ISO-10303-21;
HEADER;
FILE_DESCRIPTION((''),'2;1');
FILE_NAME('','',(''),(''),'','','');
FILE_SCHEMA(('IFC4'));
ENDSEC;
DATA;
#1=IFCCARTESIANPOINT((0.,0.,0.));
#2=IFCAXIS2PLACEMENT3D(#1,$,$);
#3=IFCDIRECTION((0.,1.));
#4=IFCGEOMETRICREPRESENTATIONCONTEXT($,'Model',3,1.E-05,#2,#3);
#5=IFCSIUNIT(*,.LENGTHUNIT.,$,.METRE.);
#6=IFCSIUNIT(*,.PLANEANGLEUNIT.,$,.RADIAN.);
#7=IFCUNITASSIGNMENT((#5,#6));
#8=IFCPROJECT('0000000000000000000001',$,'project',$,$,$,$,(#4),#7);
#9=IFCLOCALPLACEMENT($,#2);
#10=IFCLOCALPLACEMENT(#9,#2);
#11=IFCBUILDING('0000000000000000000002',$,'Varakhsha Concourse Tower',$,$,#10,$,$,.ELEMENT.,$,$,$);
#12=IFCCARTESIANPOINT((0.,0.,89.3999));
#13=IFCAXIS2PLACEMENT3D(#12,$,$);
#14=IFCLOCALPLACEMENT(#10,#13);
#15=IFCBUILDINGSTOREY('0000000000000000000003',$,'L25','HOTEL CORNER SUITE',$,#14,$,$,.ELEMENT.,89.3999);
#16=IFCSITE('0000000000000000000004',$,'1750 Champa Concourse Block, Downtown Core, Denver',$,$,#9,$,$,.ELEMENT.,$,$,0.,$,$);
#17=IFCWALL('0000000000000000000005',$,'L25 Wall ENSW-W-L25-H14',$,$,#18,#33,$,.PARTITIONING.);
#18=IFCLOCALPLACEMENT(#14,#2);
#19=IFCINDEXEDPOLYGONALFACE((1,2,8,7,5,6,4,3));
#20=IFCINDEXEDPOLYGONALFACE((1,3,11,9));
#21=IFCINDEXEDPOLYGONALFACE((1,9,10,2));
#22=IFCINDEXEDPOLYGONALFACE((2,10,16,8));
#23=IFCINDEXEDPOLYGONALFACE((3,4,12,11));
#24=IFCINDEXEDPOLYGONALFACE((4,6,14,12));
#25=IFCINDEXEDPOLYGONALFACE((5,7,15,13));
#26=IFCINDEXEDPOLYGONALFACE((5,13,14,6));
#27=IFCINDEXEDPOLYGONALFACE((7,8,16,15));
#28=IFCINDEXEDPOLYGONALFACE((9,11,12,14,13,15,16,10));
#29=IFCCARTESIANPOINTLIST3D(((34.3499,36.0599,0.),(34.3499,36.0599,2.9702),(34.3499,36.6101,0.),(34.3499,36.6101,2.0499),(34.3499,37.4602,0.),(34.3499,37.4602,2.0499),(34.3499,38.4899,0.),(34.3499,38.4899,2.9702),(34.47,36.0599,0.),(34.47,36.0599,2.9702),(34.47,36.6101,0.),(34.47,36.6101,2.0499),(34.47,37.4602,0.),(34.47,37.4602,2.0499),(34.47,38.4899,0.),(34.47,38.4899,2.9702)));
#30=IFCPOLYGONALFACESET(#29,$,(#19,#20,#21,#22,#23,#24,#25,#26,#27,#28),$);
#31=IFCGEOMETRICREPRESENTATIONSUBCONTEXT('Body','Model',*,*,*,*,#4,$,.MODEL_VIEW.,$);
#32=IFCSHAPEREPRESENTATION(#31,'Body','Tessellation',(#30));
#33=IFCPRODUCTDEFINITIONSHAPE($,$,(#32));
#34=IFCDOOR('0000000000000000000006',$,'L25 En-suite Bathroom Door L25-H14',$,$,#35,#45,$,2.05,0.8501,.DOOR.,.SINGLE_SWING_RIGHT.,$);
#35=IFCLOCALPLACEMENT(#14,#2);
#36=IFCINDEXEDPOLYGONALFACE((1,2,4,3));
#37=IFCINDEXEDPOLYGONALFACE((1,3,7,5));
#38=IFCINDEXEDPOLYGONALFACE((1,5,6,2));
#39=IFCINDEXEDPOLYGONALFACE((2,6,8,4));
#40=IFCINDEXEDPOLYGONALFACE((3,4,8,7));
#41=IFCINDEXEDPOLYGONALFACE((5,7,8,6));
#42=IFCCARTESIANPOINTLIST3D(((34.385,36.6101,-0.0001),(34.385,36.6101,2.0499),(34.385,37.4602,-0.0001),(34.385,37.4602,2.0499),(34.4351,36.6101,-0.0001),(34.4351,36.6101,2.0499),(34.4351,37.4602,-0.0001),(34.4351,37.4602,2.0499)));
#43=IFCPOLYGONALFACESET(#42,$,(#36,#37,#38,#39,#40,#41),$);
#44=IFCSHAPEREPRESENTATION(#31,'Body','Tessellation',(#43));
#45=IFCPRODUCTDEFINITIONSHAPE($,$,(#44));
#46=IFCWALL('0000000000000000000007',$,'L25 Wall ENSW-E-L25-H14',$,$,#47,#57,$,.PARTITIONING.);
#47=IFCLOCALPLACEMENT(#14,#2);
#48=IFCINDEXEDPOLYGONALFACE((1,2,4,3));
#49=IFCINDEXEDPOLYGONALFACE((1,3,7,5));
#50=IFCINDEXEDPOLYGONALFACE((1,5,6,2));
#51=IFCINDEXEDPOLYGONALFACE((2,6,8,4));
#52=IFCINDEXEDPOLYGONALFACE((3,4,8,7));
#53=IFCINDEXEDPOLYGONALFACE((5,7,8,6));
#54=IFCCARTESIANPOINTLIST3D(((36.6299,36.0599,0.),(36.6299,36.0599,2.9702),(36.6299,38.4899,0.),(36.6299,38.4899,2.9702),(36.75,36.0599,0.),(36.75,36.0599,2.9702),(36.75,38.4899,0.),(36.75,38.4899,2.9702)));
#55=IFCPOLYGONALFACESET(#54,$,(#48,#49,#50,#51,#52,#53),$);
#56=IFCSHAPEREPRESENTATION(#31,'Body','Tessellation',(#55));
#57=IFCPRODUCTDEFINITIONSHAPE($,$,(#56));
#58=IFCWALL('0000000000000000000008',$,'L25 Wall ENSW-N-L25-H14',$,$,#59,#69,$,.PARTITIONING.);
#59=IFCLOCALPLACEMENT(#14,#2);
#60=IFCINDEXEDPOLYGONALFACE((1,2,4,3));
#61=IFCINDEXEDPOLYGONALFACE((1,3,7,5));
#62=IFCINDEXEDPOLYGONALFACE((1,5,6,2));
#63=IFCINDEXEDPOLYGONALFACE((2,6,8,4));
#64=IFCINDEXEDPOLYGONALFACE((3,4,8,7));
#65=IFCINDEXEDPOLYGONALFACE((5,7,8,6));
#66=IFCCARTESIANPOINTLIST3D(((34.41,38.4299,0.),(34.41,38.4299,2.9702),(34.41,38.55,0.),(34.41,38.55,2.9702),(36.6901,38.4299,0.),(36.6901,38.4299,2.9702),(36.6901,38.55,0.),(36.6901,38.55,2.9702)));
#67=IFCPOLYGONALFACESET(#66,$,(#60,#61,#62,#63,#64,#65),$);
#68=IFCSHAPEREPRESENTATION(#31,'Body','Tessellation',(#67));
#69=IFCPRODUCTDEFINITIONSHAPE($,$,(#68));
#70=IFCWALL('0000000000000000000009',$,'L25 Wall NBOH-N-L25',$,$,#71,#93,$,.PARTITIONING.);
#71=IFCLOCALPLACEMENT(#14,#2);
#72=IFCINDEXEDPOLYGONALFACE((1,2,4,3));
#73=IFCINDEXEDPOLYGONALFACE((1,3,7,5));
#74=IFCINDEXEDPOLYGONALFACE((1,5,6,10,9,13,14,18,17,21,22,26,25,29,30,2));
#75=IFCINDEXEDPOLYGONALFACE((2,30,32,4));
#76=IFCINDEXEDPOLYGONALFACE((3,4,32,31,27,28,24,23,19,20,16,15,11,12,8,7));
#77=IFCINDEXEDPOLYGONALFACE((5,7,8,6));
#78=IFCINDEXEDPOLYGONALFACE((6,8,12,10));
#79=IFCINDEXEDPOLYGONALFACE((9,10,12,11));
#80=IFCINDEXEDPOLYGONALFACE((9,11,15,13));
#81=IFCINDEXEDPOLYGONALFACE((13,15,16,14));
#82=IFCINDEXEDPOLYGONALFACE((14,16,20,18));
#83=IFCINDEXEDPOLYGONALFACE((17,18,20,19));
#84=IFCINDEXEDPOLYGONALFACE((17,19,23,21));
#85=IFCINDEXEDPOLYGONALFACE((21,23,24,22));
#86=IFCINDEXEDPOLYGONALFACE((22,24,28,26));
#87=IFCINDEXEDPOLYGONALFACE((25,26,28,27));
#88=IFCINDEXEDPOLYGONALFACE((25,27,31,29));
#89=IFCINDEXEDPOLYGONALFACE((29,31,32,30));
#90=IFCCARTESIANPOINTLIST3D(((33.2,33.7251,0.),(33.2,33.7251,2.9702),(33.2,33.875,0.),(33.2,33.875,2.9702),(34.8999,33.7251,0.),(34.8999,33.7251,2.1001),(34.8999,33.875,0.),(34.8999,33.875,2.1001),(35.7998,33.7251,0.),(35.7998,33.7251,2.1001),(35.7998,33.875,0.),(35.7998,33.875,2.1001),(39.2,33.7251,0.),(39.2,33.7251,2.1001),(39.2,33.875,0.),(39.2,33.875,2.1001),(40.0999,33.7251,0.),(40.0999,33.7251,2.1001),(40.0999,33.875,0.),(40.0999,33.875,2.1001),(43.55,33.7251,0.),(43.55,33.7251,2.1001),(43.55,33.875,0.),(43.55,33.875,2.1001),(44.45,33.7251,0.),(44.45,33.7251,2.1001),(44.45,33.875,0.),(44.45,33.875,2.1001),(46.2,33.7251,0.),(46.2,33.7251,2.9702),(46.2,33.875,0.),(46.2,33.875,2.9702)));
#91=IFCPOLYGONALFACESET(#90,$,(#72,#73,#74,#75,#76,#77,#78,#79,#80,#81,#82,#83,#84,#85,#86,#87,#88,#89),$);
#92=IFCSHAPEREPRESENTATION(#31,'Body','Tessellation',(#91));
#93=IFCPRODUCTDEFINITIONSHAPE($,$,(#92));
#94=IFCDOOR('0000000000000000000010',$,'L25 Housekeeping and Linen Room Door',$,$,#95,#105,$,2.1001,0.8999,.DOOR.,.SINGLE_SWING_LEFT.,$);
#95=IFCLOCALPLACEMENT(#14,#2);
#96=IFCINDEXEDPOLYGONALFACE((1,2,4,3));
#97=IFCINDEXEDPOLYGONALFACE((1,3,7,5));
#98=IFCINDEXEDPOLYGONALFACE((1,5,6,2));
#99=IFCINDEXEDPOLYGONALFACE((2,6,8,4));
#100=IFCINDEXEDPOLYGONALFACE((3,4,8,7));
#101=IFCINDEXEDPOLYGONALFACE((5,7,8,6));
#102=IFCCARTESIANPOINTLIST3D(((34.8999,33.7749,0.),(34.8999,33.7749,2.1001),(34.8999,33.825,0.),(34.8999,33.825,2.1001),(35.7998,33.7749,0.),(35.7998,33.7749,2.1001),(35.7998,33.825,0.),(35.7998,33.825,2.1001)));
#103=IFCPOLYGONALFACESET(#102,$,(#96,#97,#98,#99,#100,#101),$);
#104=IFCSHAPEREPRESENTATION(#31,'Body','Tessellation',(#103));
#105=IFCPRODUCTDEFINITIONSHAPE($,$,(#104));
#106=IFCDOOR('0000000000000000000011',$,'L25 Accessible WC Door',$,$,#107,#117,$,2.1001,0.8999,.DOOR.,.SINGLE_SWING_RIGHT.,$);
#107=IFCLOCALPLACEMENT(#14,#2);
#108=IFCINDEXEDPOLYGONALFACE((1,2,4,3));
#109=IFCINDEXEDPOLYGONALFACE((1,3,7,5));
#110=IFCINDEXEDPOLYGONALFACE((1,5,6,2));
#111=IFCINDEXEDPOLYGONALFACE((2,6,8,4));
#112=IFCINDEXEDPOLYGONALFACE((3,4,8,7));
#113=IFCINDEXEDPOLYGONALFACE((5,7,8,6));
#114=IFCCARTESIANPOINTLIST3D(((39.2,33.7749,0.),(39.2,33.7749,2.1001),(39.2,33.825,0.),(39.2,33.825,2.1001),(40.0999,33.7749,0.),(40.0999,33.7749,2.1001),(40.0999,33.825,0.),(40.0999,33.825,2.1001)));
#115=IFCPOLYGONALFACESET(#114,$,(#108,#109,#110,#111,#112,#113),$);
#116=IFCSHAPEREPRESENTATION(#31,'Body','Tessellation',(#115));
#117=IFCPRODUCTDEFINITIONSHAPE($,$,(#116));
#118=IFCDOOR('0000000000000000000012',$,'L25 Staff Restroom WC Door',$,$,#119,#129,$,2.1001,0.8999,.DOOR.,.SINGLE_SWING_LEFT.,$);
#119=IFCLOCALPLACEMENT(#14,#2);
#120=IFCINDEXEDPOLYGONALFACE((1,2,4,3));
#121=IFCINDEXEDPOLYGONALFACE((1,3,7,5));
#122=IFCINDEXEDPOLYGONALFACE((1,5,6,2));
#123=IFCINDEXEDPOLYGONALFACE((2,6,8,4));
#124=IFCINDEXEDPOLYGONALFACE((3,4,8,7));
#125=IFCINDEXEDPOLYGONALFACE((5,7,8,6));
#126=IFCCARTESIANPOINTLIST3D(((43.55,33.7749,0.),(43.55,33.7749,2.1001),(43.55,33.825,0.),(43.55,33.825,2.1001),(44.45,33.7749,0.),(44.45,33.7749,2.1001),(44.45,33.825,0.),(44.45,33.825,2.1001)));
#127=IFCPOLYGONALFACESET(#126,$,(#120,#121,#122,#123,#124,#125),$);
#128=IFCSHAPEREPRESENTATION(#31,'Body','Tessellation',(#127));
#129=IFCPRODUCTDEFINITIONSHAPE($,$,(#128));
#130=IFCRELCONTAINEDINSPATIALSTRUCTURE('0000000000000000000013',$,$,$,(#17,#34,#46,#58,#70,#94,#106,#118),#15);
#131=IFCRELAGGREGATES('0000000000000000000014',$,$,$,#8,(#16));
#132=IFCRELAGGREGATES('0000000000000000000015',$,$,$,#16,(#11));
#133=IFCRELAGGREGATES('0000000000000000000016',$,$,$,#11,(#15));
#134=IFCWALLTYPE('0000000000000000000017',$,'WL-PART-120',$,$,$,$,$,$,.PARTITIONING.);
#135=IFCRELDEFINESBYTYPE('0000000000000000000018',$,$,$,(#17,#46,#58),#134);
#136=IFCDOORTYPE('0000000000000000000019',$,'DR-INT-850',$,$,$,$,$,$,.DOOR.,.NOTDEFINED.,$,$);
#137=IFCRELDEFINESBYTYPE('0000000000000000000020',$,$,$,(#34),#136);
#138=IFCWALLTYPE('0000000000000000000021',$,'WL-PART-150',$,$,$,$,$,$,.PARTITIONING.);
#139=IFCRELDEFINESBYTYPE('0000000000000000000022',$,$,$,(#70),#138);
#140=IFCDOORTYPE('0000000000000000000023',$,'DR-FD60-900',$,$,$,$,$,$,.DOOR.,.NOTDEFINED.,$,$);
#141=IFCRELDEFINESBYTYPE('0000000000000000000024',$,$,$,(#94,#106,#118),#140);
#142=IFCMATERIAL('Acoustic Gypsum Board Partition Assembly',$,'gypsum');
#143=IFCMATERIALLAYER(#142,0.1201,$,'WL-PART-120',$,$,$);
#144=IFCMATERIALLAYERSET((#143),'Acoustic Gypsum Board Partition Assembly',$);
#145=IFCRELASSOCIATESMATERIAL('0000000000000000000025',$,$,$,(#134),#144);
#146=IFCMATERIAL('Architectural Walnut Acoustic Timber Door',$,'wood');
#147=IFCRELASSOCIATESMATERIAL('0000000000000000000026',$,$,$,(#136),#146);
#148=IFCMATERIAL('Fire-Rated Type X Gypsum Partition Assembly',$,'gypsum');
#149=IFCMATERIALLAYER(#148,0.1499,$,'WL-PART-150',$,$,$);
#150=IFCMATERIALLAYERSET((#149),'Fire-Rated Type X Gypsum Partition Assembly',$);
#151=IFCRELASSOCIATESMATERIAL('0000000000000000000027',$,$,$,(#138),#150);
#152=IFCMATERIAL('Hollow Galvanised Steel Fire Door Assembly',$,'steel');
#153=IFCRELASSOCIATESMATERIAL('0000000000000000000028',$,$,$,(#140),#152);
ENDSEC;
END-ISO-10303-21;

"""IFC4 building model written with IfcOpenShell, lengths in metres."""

from ifc_helpers import new_model, si_unit, direction, frame, frame_2d, origin, place, context, subcontext, project, spatial, rectangle, extrude, material, layer, layer_set, type_object, element, fill, save


model = new_model("IFC4")

# Units and contexts
model_context = context("Model", 3, precision=1e-05, world=origin(), true_north=direction((0.0, 1.0)))
body_context = subcontext(model_context, "Body", "Model", "MODEL_VIEW")
ifc_project = project(units=[si_unit("LENGTHUNIT", "METRE"), si_unit("PLANEANGLEUNIT", "RADIAN")], contexts=[model_context])

# Site, building, storey
site_placement = place(None, origin())
site = spatial("IfcSite", under=ifc_project, at=site_placement, Name="1750 Champa Concourse Block, Downtown Core, Denver", CompositionType="ELEMENT", RefElevation=0.0)
building_placement = place(site_placement, origin())
building = spatial("IfcBuilding", under=site, at=building_placement, Name="Varakhsha Concourse Tower", CompositionType="ELEMENT")
storey_placement = place(building_placement, frame((0.0, 0.0, 89.3999)))
storey = spatial("IfcBuildingStorey", under=building, at=storey_placement, Name="L25", Description="HOTEL CORNER SUITE", CompositionType="ELEMENT", Elevation=89.3999)

# Shared definitions
ifc_material_1 = material(Name="Acoustic Gypsum Board Partition Assembly", Category="gypsum")
ifc_layer_1 = layer(ifc_material_1, 0.1201, Name="WL-PART-120")
ifc_layer_set_1 = layer_set([ifc_layer_1], Name="Acoustic Gypsum Board Partition Assembly")
wall_type_1 = type_object("IfcWallType", Name="WL-PART-120", PredefinedType="PARTITIONING", material=ifc_layer_set_1)

# Wall, opening, door
wall_1_placement = place(storey_placement, frame((34.4099, 36.0601, 0.0), z_axis=(0.0, 0.0, 1.0), x_axis=(0.0, 1.0, 0.0)))
wall_1 = element("IfcWall", 1, at=wall_1_placement, inside=storey, type_object=wall_type_1, Name="L25 Wall ENSW-W-L25-H14", PredefinedType="PARTITIONING", context=body_context, shape_type="SweptSolid", body=[
    extrude(rectangle(XDim=2.4299, YDim=0.1201, at=frame_2d((1.2148, 0.0))), origin(), (0.0, 0.0, 1.0), 2.9702),
])
opening_1_placement = place(wall_1_placement, frame((0.55, 0.0, 0.0)))
opening_1 = element("IfcOpeningElement", 2, at=opening_1_placement, cuts=wall_1, PredefinedType="OPENING", context=body_context, shape_type="SweptSolid", body=[
    extrude(rectangle(XDim=0.8501, YDim=2.05, at=frame_2d((0.425, 1.0249))), frame((0.0, 0.0701, 0.0), z_axis=(0.0, -1.0, 0.0), x_axis=(1.0, 0.0, 0.0)), (0.0, 0.0, 1.0), 0.1401),
])
ifc_material_2 = material(Name="Architectural Walnut Acoustic Timber Door", Category="wood")
door_type_1 = type_object("IfcDoorType", Name="DR-INT-850", OperationType="NOTDEFINED", PredefinedType="DOOR", material=ifc_material_2)
door_1_placement = place(opening_1_placement, origin())
door_1 = element("IfcDoor", 3, at=door_1_placement, inside=storey, type_object=door_type_1, Name="L25 En-suite Bathroom Door L25-H14", OperationType="SINGLE_SWING_RIGHT", OverallHeight=2.05, OverallWidth=0.8501, PredefinedType="DOOR", context=body_context, shape_type="SweptSolid", body=[
    extrude(rectangle(XDim=0.8501, YDim=2.05, at=frame_2d((0.425, 1.0249))), frame((0.0, 0.0249, 0.0), z_axis=(0.0, -1.0, 0.0), x_axis=(1.0, 0.0, 0.0)), (0.0, 0.0, 1.0), 0.05),
])
fill(opening_1, door_1)

# Walls
wall_2_placement = place(storey_placement, frame((36.6899, 36.0601, 0.0), z_axis=(0.0, 0.0, 1.0), x_axis=(0.0, 1.0, 0.0)))
element("IfcWall", 4, at=wall_2_placement, inside=storey, type_object=wall_type_1, Name="L25 Wall ENSW-E-L25-H14", PredefinedType="PARTITIONING", context=body_context, shape_type="SweptSolid", body=[
    extrude(rectangle(XDim=2.4299, YDim=0.1201, at=frame_2d((1.2148, 0.0))), origin(), (0.0, 0.0, 1.0), 2.9702),
])
wall_3_placement = place(storey_placement, frame((34.4099, 38.49, 0.0), z_axis=(0.0, 0.0, 1.0), x_axis=(1.0, 0.0, 0.0)))
element("IfcWall", 5, at=wall_3_placement, inside=storey, type_object=wall_type_1, Name="L25 Wall ENSW-N-L25-H14", PredefinedType="PARTITIONING", context=body_context, shape_type="SweptSolid", body=[
    extrude(rectangle(XDim=2.28, YDim=0.1201, at=frame_2d((1.1401, 0.0))), origin(), (0.0, 0.0, 1.0), 2.9702),
])

# Wall, openings, doors
ifc_material_3 = material(Name="Fire-Rated Type X Gypsum Partition Assembly", Category="gypsum")
ifc_layer_2 = layer(ifc_material_3, 0.1499, Name="WL-PART-150")
ifc_layer_set_2 = layer_set([ifc_layer_2], Name="Fire-Rated Type X Gypsum Partition Assembly")
wall_type_2 = type_object("IfcWallType", Name="WL-PART-150", PredefinedType="PARTITIONING", material=ifc_layer_set_2)
wall_4_placement = place(storey_placement, frame((33.2, 33.8, 0.0), z_axis=(0.0, 0.0, 1.0), x_axis=(1.0, 0.0, 0.0)))
wall_4 = element("IfcWall", 6, at=wall_4_placement, inside=storey, type_object=wall_type_2, Name="L25 Wall NBOH-N-L25", PredefinedType="PARTITIONING", context=body_context, shape_type="SweptSolid", body=[
    extrude(rectangle(XDim=13.0, YDim=0.1499, at=frame_2d((6.5, 0.0))), origin(), (0.0, 0.0, 1.0), 2.9702),
])
opening_2_placement = place(wall_4_placement, frame((1.7, 0.0, 0.0)))
opening_2 = element("IfcOpeningElement", 7, at=opening_2_placement, cuts=wall_4, PredefinedType="OPENING", context=body_context, shape_type="SweptSolid", body=[
    extrude(rectangle(XDim=0.8999, YDim=2.1001, at=frame_2d((0.45, 1.05))), frame((0.0, 0.085, 0.0), z_axis=(0.0, -1.0, 0.0), x_axis=(1.0, 0.0, 0.0)), (0.0, 0.0, 1.0), 0.1699),
])
opening_3_placement = place(wall_4_placement, frame((6.0, 0.0, 0.0)))
opening_3 = element("IfcOpeningElement", 8, at=opening_3_placement, cuts=wall_4, PredefinedType="OPENING", context=body_context, shape_type="SweptSolid", body=[
    extrude(rectangle(XDim=0.8999, YDim=2.1001, at=frame_2d((0.45, 1.05))), frame((0.0, 0.085, 0.0), z_axis=(0.0, -1.0, 0.0), x_axis=(1.0, 0.0, 0.0)), (0.0, 0.0, 1.0), 0.1699),
])
opening_4_placement = place(wall_4_placement, frame((10.3501, 0.0, 0.0)))
opening_4 = element("IfcOpeningElement", 9, at=opening_4_placement, cuts=wall_4, PredefinedType="OPENING", context=body_context, shape_type="SweptSolid", body=[
    extrude(rectangle(XDim=0.8999, YDim=2.1001, at=frame_2d((0.45, 1.05))), frame((0.0, 0.085, 0.0), z_axis=(0.0, -1.0, 0.0), x_axis=(1.0, 0.0, 0.0)), (0.0, 0.0, 1.0), 0.1699),
])
ifc_material_4 = material(Name="Hollow Galvanised Steel Fire Door Assembly", Category="steel")
door_type_2 = type_object("IfcDoorType", Name="DR-FD60-900", OperationType="NOTDEFINED", PredefinedType="DOOR", material=ifc_material_4)
door_2_placement = place(opening_2_placement, origin())
door_2 = element("IfcDoor", 10, at=door_2_placement, inside=storey, type_object=door_type_2, Name="L25 Housekeeping and Linen Room Door", OperationType="SINGLE_SWING_LEFT", OverallHeight=2.1001, OverallWidth=0.8999, PredefinedType="DOOR", context=body_context, shape_type="SweptSolid", body=[
    extrude(rectangle(XDim=0.8999, YDim=2.1001, at=frame_2d((0.45, 1.05))), frame((0.0, 0.0249, 0.0), z_axis=(0.0, -1.0, 0.0), x_axis=(1.0, 0.0, 0.0)), (0.0, 0.0, 1.0), 0.05),
])
fill(opening_2, door_2)
door_3_placement = place(opening_3_placement, origin())
door_3 = element("IfcDoor", 11, at=door_3_placement, inside=storey, type_object=door_type_2, Name="L25 Accessible WC Door", OperationType="SINGLE_SWING_RIGHT", OverallHeight=2.1001, OverallWidth=0.8999, PredefinedType="DOOR", context=body_context, shape_type="SweptSolid", body=[
    extrude(rectangle(XDim=0.8999, YDim=2.1001, at=frame_2d((0.45, 1.05))), frame((0.0, 0.0249, 0.0), z_axis=(0.0, -1.0, 0.0), x_axis=(1.0, 0.0, 0.0)), (0.0, 0.0, 1.0), 0.05),
])
fill(opening_3, door_3)
door_4_placement = place(opening_4_placement, origin())
door_4 = element("IfcDoor", 12, at=door_4_placement, inside=storey, type_object=door_type_2, Name="L25 Staff Restroom WC Door", OperationType="SINGLE_SWING_LEFT", OverallHeight=2.1001, OverallWidth=0.8999, PredefinedType="DOOR", context=body_context, shape_type="SweptSolid", body=[
    extrude(rectangle(XDim=0.8999, YDim=2.1001, at=frame_2d((0.45, 1.05))), frame((0.0, 0.0249, 0.0), z_axis=(0.0, -1.0, 0.0), x_axis=(1.0, 0.0, 0.0)), (0.0, 0.0, 1.0), 0.05),
])
fill(opening_4, door_4)

save(model, "model.ifc")
